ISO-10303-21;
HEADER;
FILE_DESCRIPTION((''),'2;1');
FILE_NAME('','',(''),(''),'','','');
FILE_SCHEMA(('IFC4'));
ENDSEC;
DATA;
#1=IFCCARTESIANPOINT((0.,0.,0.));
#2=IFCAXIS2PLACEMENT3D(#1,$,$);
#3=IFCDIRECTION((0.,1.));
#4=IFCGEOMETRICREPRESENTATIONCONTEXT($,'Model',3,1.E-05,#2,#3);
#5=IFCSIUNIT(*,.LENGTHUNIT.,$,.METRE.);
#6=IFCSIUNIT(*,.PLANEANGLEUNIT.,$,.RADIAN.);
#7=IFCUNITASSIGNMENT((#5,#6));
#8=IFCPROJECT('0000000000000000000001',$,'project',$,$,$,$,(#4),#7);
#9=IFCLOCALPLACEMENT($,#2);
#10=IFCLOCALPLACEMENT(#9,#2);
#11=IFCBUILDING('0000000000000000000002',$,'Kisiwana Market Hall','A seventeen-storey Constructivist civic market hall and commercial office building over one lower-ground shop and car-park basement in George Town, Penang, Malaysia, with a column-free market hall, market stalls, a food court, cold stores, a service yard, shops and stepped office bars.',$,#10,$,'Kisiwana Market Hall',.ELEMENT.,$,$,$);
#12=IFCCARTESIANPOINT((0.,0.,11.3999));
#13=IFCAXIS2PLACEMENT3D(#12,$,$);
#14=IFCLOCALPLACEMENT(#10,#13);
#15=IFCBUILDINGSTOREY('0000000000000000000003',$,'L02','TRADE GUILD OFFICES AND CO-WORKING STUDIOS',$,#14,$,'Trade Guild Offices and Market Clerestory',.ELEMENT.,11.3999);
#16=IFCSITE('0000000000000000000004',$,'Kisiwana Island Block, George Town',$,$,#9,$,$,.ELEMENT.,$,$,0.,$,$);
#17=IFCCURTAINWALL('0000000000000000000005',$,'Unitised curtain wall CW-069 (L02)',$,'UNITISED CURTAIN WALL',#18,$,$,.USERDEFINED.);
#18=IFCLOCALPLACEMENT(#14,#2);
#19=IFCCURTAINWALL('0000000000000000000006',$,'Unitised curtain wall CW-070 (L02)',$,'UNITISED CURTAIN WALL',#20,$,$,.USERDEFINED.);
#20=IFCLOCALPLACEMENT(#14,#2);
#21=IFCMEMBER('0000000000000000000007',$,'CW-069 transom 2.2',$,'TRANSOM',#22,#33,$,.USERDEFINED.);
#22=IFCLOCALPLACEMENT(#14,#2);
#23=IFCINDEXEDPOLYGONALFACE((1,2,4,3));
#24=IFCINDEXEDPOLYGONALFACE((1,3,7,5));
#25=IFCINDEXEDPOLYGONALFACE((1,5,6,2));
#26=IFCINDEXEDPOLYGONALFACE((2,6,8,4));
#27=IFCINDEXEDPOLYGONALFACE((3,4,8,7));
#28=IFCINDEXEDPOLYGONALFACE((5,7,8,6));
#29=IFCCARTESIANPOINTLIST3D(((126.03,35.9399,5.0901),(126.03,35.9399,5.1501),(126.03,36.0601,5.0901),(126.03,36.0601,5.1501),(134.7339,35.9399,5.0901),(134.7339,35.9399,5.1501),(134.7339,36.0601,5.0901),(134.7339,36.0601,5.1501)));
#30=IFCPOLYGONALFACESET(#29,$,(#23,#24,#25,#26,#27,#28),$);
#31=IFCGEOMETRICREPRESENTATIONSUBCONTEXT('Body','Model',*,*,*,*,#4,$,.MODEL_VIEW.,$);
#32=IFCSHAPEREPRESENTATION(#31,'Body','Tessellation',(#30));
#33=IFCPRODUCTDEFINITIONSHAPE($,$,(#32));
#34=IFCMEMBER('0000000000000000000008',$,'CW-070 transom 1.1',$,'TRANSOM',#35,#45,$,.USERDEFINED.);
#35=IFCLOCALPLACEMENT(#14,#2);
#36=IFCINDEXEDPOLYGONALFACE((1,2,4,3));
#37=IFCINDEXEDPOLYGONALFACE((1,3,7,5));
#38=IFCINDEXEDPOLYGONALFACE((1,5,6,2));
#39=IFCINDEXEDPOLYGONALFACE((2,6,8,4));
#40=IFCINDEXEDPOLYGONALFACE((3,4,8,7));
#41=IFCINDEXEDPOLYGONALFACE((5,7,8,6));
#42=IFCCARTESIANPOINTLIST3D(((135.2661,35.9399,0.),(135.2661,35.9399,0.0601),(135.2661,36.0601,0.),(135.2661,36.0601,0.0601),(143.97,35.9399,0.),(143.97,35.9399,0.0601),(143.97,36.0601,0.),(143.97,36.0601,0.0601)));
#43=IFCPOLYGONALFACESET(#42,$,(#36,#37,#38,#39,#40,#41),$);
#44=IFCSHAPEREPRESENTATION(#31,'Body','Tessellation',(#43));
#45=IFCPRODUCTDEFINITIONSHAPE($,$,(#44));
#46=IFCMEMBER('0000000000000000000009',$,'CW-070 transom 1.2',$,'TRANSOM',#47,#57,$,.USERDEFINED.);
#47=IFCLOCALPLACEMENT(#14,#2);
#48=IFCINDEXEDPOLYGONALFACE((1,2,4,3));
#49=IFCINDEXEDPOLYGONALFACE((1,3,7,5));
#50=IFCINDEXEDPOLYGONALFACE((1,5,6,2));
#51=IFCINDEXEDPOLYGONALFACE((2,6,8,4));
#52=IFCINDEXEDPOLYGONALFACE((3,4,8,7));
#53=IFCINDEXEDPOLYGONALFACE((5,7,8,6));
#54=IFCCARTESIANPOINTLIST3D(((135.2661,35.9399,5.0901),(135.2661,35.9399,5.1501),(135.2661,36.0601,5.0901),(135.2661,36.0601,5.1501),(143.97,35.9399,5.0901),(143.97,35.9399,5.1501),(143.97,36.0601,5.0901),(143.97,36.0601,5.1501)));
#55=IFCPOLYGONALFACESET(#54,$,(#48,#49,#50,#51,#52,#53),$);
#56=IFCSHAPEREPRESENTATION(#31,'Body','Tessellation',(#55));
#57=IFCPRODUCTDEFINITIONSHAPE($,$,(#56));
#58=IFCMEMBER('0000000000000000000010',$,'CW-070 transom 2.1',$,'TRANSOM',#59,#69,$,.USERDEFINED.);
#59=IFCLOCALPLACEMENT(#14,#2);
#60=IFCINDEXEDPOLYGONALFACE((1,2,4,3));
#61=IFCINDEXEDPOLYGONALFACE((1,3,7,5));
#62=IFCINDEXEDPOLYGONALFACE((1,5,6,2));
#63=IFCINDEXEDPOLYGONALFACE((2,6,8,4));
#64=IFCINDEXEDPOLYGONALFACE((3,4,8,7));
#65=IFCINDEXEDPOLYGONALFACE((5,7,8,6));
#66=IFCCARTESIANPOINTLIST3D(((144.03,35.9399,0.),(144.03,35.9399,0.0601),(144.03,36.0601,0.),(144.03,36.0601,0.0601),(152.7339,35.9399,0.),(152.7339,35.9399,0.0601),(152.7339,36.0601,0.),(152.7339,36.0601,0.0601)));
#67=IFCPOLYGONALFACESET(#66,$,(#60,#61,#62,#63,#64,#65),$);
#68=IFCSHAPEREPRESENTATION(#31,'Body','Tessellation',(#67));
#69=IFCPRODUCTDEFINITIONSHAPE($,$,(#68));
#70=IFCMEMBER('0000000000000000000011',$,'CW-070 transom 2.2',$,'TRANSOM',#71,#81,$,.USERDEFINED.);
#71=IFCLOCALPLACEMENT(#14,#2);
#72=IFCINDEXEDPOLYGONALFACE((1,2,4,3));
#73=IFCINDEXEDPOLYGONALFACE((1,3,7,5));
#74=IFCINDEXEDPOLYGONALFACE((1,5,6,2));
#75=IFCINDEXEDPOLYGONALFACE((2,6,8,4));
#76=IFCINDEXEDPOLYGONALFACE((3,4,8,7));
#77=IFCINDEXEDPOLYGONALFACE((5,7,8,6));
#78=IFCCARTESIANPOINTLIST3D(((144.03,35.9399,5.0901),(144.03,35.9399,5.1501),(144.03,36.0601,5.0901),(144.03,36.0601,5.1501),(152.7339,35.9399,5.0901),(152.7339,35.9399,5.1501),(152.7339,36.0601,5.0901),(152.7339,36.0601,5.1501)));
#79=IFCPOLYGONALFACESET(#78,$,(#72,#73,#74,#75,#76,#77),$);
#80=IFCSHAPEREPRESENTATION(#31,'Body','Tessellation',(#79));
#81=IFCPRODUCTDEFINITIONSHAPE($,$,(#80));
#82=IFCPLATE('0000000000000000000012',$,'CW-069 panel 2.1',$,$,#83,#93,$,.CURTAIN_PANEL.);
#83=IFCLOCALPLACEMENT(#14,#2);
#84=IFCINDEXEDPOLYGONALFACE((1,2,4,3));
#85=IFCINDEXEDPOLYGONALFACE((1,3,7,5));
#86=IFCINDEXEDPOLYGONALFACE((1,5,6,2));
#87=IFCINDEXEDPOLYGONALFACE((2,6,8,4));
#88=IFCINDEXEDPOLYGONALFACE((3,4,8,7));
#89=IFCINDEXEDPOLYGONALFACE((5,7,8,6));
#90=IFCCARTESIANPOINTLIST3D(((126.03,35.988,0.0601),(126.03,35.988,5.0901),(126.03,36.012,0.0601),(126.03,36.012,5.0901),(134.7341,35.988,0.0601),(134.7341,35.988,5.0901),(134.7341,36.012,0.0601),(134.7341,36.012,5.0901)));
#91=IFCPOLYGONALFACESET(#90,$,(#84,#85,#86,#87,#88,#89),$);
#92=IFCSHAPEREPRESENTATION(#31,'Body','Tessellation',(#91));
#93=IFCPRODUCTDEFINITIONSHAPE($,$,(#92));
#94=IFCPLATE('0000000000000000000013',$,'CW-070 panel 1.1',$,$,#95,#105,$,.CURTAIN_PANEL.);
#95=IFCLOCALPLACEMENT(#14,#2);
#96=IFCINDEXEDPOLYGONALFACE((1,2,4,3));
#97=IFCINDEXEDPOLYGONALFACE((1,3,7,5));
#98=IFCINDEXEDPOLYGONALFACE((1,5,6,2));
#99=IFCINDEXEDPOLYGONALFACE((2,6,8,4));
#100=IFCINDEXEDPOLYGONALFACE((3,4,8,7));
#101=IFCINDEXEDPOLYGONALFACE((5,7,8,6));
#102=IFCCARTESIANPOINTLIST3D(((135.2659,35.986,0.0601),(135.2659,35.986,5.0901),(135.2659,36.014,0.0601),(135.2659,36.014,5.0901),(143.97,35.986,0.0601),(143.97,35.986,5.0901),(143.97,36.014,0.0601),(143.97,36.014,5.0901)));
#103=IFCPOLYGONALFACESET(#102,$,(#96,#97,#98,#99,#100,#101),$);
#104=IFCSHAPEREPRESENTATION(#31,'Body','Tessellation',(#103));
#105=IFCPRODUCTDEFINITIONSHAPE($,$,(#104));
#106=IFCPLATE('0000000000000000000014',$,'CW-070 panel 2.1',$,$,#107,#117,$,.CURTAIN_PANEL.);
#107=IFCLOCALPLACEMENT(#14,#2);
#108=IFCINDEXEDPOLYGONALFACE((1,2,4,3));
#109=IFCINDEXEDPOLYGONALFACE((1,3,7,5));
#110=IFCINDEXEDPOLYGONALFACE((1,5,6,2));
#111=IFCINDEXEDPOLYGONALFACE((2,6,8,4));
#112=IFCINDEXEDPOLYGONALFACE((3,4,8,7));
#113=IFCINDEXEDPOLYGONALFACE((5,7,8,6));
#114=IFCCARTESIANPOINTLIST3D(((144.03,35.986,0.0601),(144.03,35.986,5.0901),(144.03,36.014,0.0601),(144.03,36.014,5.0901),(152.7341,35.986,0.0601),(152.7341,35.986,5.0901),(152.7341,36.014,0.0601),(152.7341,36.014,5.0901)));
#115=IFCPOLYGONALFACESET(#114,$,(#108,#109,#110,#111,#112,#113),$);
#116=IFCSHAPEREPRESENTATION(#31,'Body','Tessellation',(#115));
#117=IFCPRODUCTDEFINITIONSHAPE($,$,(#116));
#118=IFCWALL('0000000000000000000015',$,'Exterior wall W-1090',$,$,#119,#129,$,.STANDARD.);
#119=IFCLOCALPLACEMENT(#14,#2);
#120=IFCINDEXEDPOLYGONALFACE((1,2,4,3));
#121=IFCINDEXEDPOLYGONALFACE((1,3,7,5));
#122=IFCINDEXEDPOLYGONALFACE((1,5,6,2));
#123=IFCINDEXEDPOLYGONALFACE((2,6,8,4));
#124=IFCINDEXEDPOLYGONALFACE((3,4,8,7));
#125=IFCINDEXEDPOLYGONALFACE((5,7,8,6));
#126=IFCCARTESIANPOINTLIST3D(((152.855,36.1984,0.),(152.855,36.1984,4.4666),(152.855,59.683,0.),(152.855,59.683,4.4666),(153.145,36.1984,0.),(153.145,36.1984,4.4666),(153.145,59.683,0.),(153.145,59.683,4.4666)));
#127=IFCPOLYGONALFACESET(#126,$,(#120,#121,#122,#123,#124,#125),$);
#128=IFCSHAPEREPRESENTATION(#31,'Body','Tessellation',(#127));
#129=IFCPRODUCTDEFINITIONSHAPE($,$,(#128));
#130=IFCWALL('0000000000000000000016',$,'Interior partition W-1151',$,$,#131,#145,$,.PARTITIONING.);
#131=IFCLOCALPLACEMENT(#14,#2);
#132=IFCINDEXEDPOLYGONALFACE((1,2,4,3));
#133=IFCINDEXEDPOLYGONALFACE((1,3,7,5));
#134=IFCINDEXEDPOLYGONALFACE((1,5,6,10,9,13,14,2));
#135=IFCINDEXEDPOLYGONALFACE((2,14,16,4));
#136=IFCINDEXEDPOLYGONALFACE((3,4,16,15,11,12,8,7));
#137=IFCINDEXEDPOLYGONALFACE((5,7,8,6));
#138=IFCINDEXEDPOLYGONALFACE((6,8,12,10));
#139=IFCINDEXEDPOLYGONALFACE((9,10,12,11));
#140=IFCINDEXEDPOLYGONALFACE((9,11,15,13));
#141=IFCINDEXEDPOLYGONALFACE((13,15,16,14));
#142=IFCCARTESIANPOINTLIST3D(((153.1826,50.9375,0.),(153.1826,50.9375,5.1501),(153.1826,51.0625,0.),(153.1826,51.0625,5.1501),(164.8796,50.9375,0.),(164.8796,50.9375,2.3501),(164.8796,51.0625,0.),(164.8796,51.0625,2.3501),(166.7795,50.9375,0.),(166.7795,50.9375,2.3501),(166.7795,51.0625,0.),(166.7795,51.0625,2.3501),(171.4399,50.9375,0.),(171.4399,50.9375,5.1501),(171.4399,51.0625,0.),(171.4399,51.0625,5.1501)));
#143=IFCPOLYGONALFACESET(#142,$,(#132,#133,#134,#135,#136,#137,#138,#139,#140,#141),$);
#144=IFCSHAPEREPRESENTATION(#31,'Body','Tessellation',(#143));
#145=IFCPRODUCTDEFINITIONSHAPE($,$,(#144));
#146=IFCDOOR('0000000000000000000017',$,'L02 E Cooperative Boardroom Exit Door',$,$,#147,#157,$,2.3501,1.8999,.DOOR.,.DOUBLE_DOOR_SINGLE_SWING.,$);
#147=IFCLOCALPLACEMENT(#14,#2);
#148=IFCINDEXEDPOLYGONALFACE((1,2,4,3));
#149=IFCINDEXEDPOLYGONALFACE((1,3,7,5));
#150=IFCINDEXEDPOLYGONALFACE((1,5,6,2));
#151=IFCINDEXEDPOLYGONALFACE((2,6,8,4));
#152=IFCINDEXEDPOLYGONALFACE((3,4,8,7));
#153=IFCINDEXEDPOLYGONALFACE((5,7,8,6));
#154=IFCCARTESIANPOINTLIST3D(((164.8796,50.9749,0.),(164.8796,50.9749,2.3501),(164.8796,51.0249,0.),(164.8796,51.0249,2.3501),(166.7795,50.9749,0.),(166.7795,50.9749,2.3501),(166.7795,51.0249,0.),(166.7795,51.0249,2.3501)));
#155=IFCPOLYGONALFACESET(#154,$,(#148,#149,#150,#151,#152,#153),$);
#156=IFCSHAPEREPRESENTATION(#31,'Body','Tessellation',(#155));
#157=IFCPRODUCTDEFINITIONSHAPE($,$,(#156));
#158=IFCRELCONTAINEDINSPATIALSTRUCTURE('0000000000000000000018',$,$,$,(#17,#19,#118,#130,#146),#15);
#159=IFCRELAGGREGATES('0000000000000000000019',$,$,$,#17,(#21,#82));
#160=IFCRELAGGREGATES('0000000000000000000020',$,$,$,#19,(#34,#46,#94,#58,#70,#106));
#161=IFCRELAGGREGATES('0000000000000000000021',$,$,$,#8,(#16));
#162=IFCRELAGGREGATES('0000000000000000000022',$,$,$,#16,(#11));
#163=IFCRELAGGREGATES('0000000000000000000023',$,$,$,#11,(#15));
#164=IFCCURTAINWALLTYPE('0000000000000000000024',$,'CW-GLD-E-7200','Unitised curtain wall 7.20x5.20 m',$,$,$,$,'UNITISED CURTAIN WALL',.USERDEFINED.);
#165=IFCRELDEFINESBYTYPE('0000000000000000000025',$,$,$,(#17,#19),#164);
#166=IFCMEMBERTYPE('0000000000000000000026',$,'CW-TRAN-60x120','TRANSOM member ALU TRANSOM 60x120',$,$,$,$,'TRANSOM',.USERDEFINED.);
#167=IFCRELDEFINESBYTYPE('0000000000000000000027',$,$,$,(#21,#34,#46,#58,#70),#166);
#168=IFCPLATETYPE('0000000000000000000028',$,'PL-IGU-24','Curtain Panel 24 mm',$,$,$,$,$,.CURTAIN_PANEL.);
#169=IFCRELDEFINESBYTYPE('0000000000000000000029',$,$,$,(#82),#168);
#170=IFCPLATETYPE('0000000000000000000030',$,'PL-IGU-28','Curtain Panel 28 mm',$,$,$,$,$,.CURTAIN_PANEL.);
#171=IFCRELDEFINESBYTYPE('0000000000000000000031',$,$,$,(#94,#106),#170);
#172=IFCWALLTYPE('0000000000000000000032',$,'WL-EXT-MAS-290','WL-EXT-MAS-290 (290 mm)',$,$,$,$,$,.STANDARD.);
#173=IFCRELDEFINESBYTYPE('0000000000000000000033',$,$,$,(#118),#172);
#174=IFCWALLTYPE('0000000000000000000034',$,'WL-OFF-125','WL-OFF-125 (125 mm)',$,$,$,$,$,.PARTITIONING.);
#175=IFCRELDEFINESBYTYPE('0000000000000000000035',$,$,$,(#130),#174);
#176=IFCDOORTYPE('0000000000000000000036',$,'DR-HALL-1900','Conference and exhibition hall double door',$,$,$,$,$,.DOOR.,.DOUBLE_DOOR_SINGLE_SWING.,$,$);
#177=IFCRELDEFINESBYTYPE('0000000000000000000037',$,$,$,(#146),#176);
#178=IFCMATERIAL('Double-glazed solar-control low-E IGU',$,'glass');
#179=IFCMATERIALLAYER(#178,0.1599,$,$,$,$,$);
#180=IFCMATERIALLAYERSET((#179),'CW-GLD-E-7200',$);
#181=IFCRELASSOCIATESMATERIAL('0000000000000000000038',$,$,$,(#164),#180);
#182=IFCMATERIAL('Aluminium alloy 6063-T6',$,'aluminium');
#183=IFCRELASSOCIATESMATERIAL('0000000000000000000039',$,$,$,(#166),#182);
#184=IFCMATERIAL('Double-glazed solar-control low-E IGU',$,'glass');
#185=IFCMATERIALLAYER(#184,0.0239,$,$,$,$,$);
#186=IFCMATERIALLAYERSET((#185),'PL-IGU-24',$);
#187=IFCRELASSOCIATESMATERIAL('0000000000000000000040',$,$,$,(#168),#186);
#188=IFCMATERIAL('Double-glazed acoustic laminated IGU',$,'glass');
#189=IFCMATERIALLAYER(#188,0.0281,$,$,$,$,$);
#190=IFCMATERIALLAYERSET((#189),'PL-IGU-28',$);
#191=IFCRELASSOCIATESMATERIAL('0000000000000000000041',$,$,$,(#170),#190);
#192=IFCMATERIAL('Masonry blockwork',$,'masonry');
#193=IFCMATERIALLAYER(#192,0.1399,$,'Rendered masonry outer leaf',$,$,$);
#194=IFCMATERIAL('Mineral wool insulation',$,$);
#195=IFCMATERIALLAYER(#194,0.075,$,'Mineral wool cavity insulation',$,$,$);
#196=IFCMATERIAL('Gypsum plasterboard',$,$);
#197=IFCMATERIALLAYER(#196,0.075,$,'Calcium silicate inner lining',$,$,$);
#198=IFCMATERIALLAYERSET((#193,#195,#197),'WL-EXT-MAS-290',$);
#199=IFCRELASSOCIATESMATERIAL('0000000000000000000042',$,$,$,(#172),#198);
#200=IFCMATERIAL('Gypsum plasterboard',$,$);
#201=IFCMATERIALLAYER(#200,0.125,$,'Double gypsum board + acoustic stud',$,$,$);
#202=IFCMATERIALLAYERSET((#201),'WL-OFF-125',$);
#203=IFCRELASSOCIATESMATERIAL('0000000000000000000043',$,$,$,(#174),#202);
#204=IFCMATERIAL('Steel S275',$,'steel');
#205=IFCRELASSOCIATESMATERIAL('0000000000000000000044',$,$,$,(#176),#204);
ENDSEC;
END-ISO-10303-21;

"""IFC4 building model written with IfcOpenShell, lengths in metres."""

from ifc_helpers import new_model, si_unit, direction, frame, frame_2d, origin, origin_2d, place, context, subcontext, project, spatial, rectangle, extrude, material, layer, layer_set, material_profile, profile_set, type_object, element, fill, aggregate, save


model = new_model("IFC4")

# Units and contexts
model_context = context("Model", 3, precision=1e-05, world=origin(), true_north=direction((0.0, 1.0)))
body_context = subcontext(model_context, "Body", "Model", "MODEL_VIEW")
ifc_project = project(units=[si_unit("LENGTHUNIT", "METRE"), si_unit("PLANEANGLEUNIT", "RADIAN")], contexts=[model_context])

# Site, building, storey
site_placement = place(None, origin())
site = spatial("IfcSite", under=ifc_project, at=site_placement, Name="Kisiwana Island Block, George Town", CompositionType="ELEMENT", RefElevation=0.0)
building_placement = place(site_placement, origin())
building = spatial("IfcBuilding", under=site, at=building_placement, Name="Kisiwana Market Hall", Description="A seventeen-storey Constructivist civic market hall and commercial office building over one lower-ground shop and car-park basement in George Town, Penang, Malaysia, with a column-free market hall, market stalls, a food court, cold stores, a service yard, shops and stepped office bars.", LongName="Kisiwana Market Hall", CompositionType="ELEMENT")
storey_placement = place(building_placement, frame((0.0, 0.0, 11.3999)))
storey = spatial("IfcBuildingStorey", under=building, at=storey_placement, Name="L02", Description="TRADE GUILD OFFICES AND CO-WORKING STUDIOS", LongName="Trade Guild Offices and Market Clerestory", CompositionType="ELEMENT", Elevation=11.3999)

# Curtain wall
ifc_material_1 = material(Name="Double-glazed solar-control low-E IGU", Category="glass")
ifc_layer_1 = layer(ifc_material_1, 0.1599)
ifc_layer_set_1 = layer_set([ifc_layer_1], Name="CW-GLD-E-7200")
curtain_wall_type = type_object("IfcCurtainWallType", Name="CW-GLD-E-7200", Description="Unitised curtain wall 7.20x5.20 m", ElementType="UNITISED CURTAIN WALL", PredefinedType="USERDEFINED", material=ifc_layer_set_1)
curtain_wall_1_placement = place(storey_placement, origin())
curtain_wall_1 = element("IfcCurtainWall", 1, at=curtain_wall_1_placement, inside=storey, type_object=curtain_wall_type, Name="Unitised curtain wall CW-069 (L02)", ObjectType="UNITISED CURTAIN WALL", PredefinedType="USERDEFINED")

# Curtain wall
curtain_wall_2_placement = place(storey_placement, origin())
curtain_wall_2 = element("IfcCurtainWall", 2, at=curtain_wall_2_placement, inside=storey, type_object=curtain_wall_type, Name="Unitised curtain wall CW-070 (L02)", ObjectType="UNITISED CURTAIN WALL", PredefinedType="USERDEFINED")

# Members
ifc_material_2 = material(Name="Aluminium alloy 6063-T6", Category="aluminium")
ifc_material_profile_1 = material_profile(ifc_material_2, rectangle(XDim=0.1201, YDim=0.0601, at=origin_2d()), Name="ALU TRANSOM 60x120")
ifc_profile_set_1 = profile_set([ifc_material_profile_1], Name="Aluminium alloy 6063-T6")
member_type_1 = type_object("IfcMemberType", Name="CW-TRAN-60x120", Description="TRANSOM member ALU TRANSOM 60x120", ElementType="TRANSOM", PredefinedType="USERDEFINED", material=ifc_profile_set_1)
member_1_placement = place(storey_placement, frame((126.03, 36.0, 5.1201), z_axis=(1.0, 0.0, 0.0), x_axis=(0.0, 1.0, 0.0)))
member_1 = element("IfcMember", 3, at=member_1_placement, type_object=member_type_1, Name="CW-069 transom 2.2", ObjectType="TRANSOM", PredefinedType="USERDEFINED", context=body_context, shape_type="SweptSolid", body=[
    extrude(rectangle(XDim=0.1201, YDim=0.0601, at=origin_2d()), origin(), (0.0, 0.0, 1.0), 8.7039),
])
member_2_placement = place(storey_placement, frame((135.2661, 36.0, 0.03), z_axis=(1.0, 0.0, 0.0), x_axis=(0.0, 1.0, 0.0)))
member_2 = element("IfcMember", 4, at=member_2_placement, type_object=member_type_1, Name="CW-070 transom 1.1", ObjectType="TRANSOM", PredefinedType="USERDEFINED", context=body_context, shape_type="SweptSolid", body=[
    extrude(rectangle(XDim=0.1201, YDim=0.0601, at=origin_2d()), origin(), (0.0, 0.0, 1.0), 8.7039),
])
member_3_placement = place(storey_placement, frame((135.2661, 36.0, 5.1201), z_axis=(1.0, 0.0, 0.0), x_axis=(0.0, 1.0, 0.0)))
member_3 = element("IfcMember", 5, at=member_3_placement, type_object=member_type_1, Name="CW-070 transom 1.2", ObjectType="TRANSOM", PredefinedType="USERDEFINED", context=body_context, shape_type="SweptSolid", body=[
    extrude(rectangle(XDim=0.1201, YDim=0.0601, at=origin_2d()), origin(), (0.0, 0.0, 1.0), 8.7039),
])
member_4_placement = place(storey_placement, frame((144.03, 36.0, 0.03), z_axis=(1.0, 0.0, 0.0), x_axis=(0.0, 1.0, 0.0)))
member_4 = element("IfcMember", 6, at=member_4_placement, type_object=member_type_1, Name="CW-070 transom 2.1", ObjectType="TRANSOM", PredefinedType="USERDEFINED", context=body_context, shape_type="SweptSolid", body=[
    extrude(rectangle(XDim=0.1201, YDim=0.0601, at=origin_2d()), origin(), (0.0, 0.0, 1.0), 8.7039),
])
member_5_placement = place(storey_placement, frame((144.03, 36.0, 5.1201), z_axis=(1.0, 0.0, 0.0), x_axis=(0.0, 1.0, 0.0)))
member_5 = element("IfcMember", 7, at=member_5_placement, type_object=member_type_1, Name="CW-070 transom 2.2", ObjectType="TRANSOM", PredefinedType="USERDEFINED", context=body_context, shape_type="SweptSolid", body=[
    extrude(rectangle(XDim=0.1201, YDim=0.0601, at=origin_2d()), origin(), (0.0, 0.0, 1.0), 8.7039),
])

# Plates
ifc_material_3 = material(Name="Double-glazed solar-control low-E IGU", Category="glass")
ifc_layer_2 = layer(ifc_material_3, 0.0239)
ifc_layer_set_2 = layer_set([ifc_layer_2], Name="PL-IGU-24")
plate_type_1 = type_object("IfcPlateType", Name="PL-IGU-24", Description="Curtain Panel 24 mm", PredefinedType="CURTAIN_PANEL", material=ifc_layer_set_2)
plate_1_placement = place(storey_placement, frame((130.3821, 36.0, 0.0601), z_axis=(0.0, 0.0, 1.0), x_axis=(1.0, 0.0, 0.0)))
plate_1 = element("IfcPlate", 8, at=plate_1_placement, type_object=plate_type_1, Name="CW-069 panel 2.1", PredefinedType="CURTAIN_PANEL", context=body_context, shape_type="SweptSolid", body=[
    extrude(rectangle(XDim=8.7041, YDim=0.0239, at=origin_2d()), origin(), (0.0, 0.0, 1.0), 5.03),
])
aggregate(curtain_wall_1, [member_1, plate_1])
ifc_material_4 = material(Name="Double-glazed acoustic laminated IGU", Category="glass")
ifc_layer_3 = layer(ifc_material_4, 0.0281)
ifc_layer_set_3 = layer_set([ifc_layer_3], Name="PL-IGU-28")
plate_type_2 = type_object("IfcPlateType", Name="PL-IGU-28", Description="Curtain Panel 28 mm", PredefinedType="CURTAIN_PANEL", material=ifc_layer_set_3)
plate_2_placement = place(storey_placement, frame((139.6179, 36.0, 0.0601), z_axis=(0.0, 0.0, 1.0), x_axis=(1.0, 0.0, 0.0)))
plate_2 = element("IfcPlate", 9, at=plate_2_placement, type_object=plate_type_2, Name="CW-070 panel 1.1", PredefinedType="CURTAIN_PANEL", context=body_context, shape_type="SweptSolid", body=[
    extrude(rectangle(XDim=8.7041, YDim=0.0281, at=origin_2d()), origin(), (0.0, 0.0, 1.0), 5.03),
])
plate_3_placement = place(storey_placement, frame((148.3821, 36.0, 0.0601), z_axis=(0.0, 0.0, 1.0), x_axis=(1.0, 0.0, 0.0)))
plate_3 = element("IfcPlate", 10, at=plate_3_placement, type_object=plate_type_2, Name="CW-070 panel 2.1", PredefinedType="CURTAIN_PANEL", context=body_context, shape_type="SweptSolid", body=[
    extrude(rectangle(XDim=8.7041, YDim=0.0281, at=origin_2d()), origin(), (0.0, 0.0, 1.0), 5.03),
])
aggregate(curtain_wall_2, [member_2, member_3, plate_2, member_4, member_5, plate_3])

# Wall
ifc_material_5 = material(Name="Masonry blockwork", Category="masonry")
ifc_layer_4 = layer(ifc_material_5, 0.1399, Name="Rendered masonry outer leaf")
ifc_material_6 = material(Name="Mineral wool insulation")
ifc_layer_5 = layer(ifc_material_6, 0.075, Name="Mineral wool cavity insulation")
ifc_material_7 = material(Name="Gypsum plasterboard")
ifc_layer_6 = layer(ifc_material_7, 0.075, Name="Calcium silicate inner lining")
ifc_layer_set_4 = layer_set([ifc_layer_4, ifc_layer_5, ifc_layer_6], Name="WL-EXT-MAS-290")
wall_type_1 = type_object("IfcWallType", Name="WL-EXT-MAS-290", Description="WL-EXT-MAS-290 (290 mm)", PredefinedType="STANDARD", material=ifc_layer_set_4)
wall_1_placement = place(storey_placement, frame((153.0, 36.1985, 0.0), z_axis=(0.0, 0.0, 1.0), x_axis=(0.0, 1.0, 0.0)))
element("IfcWall", 11, at=wall_1_placement, inside=storey, type_object=wall_type_1, Name="Exterior wall W-1090", PredefinedType="STANDARD", context=body_context, shape_type="SweptSolid", body=[
    extrude(rectangle(XDim=23.4846, YDim=0.29, at=frame_2d((11.7422, 0.0))), origin(), (0.0, 0.0, 1.0), 4.4666),
])

# Wall, opening, door
ifc_material_8 = material(Name="Gypsum plasterboard")
ifc_layer_7 = layer(ifc_material_8, 0.125, Name="Double gypsum board + acoustic stud")
ifc_layer_set_5 = layer_set([ifc_layer_7], Name="WL-OFF-125")
wall_type_2 = type_object("IfcWallType", Name="WL-OFF-125", Description="WL-OFF-125 (125 mm)", PredefinedType="PARTITIONING", material=ifc_layer_set_5)
wall_2_placement = place(storey_placement, frame((153.1826, 51.0, 0.0), z_axis=(0.0, 0.0, 1.0), x_axis=(1.0, 0.0, 0.0)))
wall_2 = element("IfcWall", 12, at=wall_2_placement, inside=storey, type_object=wall_type_2, Name="Interior partition W-1151", PredefinedType="PARTITIONING", context=body_context, shape_type="SweptSolid", body=[
    extrude(rectangle(XDim=18.2573, YDim=0.125, at=frame_2d((9.1287, 0.0))), origin(), (0.0, 0.0, 1.0), 5.1501),
])
opening_placement = place(wall_2_placement, frame((11.697, 0.0, 0.0)))
opening = element("IfcOpeningElement", 13, at=opening_placement, cuts=wall_2, PredefinedType="OPENING", context=body_context, shape_type="SweptSolid", body=[
    extrude(rectangle(XDim=1.8999, YDim=2.3501, at=frame_2d((0.95, 1.175))), frame((0.0, 0.0745, 0.0), z_axis=(0.0, -1.0, 0.0), x_axis=(1.0, 0.0, 0.0)), (0.0, 0.0, 1.0), 0.1489),
])
ifc_material_9 = material(Name="Steel S275", Category="steel")
door_type = type_object("IfcDoorType", Name="DR-HALL-1900", Description="Conference and exhibition hall double door", OperationType="DOUBLE_DOOR_SINGLE_SWING", PredefinedType="DOOR", material=ifc_material_9)
door_placement = place(opening_placement, origin())
door = element("IfcDoor", 14, at=door_placement, inside=storey, type_object=door_type, Name="L02 E Cooperative Boardroom Exit Door", OperationType="DOUBLE_DOOR_SINGLE_SWING", OverallHeight=2.3501, OverallWidth=1.8999, PredefinedType="DOOR", context=body_context, shape_type="SweptSolid", body=[
    extrude(rectangle(XDim=1.8999, YDim=2.3501, at=frame_2d((0.95, 1.175))), frame((0.0, 0.0249, 0.0), z_axis=(0.0, -1.0, 0.0), x_axis=(1.0, 0.0, 0.0)), (0.0, 0.0, 1.0), 0.05),
])
fill(opening, door)

save(model, "model.ifc")
